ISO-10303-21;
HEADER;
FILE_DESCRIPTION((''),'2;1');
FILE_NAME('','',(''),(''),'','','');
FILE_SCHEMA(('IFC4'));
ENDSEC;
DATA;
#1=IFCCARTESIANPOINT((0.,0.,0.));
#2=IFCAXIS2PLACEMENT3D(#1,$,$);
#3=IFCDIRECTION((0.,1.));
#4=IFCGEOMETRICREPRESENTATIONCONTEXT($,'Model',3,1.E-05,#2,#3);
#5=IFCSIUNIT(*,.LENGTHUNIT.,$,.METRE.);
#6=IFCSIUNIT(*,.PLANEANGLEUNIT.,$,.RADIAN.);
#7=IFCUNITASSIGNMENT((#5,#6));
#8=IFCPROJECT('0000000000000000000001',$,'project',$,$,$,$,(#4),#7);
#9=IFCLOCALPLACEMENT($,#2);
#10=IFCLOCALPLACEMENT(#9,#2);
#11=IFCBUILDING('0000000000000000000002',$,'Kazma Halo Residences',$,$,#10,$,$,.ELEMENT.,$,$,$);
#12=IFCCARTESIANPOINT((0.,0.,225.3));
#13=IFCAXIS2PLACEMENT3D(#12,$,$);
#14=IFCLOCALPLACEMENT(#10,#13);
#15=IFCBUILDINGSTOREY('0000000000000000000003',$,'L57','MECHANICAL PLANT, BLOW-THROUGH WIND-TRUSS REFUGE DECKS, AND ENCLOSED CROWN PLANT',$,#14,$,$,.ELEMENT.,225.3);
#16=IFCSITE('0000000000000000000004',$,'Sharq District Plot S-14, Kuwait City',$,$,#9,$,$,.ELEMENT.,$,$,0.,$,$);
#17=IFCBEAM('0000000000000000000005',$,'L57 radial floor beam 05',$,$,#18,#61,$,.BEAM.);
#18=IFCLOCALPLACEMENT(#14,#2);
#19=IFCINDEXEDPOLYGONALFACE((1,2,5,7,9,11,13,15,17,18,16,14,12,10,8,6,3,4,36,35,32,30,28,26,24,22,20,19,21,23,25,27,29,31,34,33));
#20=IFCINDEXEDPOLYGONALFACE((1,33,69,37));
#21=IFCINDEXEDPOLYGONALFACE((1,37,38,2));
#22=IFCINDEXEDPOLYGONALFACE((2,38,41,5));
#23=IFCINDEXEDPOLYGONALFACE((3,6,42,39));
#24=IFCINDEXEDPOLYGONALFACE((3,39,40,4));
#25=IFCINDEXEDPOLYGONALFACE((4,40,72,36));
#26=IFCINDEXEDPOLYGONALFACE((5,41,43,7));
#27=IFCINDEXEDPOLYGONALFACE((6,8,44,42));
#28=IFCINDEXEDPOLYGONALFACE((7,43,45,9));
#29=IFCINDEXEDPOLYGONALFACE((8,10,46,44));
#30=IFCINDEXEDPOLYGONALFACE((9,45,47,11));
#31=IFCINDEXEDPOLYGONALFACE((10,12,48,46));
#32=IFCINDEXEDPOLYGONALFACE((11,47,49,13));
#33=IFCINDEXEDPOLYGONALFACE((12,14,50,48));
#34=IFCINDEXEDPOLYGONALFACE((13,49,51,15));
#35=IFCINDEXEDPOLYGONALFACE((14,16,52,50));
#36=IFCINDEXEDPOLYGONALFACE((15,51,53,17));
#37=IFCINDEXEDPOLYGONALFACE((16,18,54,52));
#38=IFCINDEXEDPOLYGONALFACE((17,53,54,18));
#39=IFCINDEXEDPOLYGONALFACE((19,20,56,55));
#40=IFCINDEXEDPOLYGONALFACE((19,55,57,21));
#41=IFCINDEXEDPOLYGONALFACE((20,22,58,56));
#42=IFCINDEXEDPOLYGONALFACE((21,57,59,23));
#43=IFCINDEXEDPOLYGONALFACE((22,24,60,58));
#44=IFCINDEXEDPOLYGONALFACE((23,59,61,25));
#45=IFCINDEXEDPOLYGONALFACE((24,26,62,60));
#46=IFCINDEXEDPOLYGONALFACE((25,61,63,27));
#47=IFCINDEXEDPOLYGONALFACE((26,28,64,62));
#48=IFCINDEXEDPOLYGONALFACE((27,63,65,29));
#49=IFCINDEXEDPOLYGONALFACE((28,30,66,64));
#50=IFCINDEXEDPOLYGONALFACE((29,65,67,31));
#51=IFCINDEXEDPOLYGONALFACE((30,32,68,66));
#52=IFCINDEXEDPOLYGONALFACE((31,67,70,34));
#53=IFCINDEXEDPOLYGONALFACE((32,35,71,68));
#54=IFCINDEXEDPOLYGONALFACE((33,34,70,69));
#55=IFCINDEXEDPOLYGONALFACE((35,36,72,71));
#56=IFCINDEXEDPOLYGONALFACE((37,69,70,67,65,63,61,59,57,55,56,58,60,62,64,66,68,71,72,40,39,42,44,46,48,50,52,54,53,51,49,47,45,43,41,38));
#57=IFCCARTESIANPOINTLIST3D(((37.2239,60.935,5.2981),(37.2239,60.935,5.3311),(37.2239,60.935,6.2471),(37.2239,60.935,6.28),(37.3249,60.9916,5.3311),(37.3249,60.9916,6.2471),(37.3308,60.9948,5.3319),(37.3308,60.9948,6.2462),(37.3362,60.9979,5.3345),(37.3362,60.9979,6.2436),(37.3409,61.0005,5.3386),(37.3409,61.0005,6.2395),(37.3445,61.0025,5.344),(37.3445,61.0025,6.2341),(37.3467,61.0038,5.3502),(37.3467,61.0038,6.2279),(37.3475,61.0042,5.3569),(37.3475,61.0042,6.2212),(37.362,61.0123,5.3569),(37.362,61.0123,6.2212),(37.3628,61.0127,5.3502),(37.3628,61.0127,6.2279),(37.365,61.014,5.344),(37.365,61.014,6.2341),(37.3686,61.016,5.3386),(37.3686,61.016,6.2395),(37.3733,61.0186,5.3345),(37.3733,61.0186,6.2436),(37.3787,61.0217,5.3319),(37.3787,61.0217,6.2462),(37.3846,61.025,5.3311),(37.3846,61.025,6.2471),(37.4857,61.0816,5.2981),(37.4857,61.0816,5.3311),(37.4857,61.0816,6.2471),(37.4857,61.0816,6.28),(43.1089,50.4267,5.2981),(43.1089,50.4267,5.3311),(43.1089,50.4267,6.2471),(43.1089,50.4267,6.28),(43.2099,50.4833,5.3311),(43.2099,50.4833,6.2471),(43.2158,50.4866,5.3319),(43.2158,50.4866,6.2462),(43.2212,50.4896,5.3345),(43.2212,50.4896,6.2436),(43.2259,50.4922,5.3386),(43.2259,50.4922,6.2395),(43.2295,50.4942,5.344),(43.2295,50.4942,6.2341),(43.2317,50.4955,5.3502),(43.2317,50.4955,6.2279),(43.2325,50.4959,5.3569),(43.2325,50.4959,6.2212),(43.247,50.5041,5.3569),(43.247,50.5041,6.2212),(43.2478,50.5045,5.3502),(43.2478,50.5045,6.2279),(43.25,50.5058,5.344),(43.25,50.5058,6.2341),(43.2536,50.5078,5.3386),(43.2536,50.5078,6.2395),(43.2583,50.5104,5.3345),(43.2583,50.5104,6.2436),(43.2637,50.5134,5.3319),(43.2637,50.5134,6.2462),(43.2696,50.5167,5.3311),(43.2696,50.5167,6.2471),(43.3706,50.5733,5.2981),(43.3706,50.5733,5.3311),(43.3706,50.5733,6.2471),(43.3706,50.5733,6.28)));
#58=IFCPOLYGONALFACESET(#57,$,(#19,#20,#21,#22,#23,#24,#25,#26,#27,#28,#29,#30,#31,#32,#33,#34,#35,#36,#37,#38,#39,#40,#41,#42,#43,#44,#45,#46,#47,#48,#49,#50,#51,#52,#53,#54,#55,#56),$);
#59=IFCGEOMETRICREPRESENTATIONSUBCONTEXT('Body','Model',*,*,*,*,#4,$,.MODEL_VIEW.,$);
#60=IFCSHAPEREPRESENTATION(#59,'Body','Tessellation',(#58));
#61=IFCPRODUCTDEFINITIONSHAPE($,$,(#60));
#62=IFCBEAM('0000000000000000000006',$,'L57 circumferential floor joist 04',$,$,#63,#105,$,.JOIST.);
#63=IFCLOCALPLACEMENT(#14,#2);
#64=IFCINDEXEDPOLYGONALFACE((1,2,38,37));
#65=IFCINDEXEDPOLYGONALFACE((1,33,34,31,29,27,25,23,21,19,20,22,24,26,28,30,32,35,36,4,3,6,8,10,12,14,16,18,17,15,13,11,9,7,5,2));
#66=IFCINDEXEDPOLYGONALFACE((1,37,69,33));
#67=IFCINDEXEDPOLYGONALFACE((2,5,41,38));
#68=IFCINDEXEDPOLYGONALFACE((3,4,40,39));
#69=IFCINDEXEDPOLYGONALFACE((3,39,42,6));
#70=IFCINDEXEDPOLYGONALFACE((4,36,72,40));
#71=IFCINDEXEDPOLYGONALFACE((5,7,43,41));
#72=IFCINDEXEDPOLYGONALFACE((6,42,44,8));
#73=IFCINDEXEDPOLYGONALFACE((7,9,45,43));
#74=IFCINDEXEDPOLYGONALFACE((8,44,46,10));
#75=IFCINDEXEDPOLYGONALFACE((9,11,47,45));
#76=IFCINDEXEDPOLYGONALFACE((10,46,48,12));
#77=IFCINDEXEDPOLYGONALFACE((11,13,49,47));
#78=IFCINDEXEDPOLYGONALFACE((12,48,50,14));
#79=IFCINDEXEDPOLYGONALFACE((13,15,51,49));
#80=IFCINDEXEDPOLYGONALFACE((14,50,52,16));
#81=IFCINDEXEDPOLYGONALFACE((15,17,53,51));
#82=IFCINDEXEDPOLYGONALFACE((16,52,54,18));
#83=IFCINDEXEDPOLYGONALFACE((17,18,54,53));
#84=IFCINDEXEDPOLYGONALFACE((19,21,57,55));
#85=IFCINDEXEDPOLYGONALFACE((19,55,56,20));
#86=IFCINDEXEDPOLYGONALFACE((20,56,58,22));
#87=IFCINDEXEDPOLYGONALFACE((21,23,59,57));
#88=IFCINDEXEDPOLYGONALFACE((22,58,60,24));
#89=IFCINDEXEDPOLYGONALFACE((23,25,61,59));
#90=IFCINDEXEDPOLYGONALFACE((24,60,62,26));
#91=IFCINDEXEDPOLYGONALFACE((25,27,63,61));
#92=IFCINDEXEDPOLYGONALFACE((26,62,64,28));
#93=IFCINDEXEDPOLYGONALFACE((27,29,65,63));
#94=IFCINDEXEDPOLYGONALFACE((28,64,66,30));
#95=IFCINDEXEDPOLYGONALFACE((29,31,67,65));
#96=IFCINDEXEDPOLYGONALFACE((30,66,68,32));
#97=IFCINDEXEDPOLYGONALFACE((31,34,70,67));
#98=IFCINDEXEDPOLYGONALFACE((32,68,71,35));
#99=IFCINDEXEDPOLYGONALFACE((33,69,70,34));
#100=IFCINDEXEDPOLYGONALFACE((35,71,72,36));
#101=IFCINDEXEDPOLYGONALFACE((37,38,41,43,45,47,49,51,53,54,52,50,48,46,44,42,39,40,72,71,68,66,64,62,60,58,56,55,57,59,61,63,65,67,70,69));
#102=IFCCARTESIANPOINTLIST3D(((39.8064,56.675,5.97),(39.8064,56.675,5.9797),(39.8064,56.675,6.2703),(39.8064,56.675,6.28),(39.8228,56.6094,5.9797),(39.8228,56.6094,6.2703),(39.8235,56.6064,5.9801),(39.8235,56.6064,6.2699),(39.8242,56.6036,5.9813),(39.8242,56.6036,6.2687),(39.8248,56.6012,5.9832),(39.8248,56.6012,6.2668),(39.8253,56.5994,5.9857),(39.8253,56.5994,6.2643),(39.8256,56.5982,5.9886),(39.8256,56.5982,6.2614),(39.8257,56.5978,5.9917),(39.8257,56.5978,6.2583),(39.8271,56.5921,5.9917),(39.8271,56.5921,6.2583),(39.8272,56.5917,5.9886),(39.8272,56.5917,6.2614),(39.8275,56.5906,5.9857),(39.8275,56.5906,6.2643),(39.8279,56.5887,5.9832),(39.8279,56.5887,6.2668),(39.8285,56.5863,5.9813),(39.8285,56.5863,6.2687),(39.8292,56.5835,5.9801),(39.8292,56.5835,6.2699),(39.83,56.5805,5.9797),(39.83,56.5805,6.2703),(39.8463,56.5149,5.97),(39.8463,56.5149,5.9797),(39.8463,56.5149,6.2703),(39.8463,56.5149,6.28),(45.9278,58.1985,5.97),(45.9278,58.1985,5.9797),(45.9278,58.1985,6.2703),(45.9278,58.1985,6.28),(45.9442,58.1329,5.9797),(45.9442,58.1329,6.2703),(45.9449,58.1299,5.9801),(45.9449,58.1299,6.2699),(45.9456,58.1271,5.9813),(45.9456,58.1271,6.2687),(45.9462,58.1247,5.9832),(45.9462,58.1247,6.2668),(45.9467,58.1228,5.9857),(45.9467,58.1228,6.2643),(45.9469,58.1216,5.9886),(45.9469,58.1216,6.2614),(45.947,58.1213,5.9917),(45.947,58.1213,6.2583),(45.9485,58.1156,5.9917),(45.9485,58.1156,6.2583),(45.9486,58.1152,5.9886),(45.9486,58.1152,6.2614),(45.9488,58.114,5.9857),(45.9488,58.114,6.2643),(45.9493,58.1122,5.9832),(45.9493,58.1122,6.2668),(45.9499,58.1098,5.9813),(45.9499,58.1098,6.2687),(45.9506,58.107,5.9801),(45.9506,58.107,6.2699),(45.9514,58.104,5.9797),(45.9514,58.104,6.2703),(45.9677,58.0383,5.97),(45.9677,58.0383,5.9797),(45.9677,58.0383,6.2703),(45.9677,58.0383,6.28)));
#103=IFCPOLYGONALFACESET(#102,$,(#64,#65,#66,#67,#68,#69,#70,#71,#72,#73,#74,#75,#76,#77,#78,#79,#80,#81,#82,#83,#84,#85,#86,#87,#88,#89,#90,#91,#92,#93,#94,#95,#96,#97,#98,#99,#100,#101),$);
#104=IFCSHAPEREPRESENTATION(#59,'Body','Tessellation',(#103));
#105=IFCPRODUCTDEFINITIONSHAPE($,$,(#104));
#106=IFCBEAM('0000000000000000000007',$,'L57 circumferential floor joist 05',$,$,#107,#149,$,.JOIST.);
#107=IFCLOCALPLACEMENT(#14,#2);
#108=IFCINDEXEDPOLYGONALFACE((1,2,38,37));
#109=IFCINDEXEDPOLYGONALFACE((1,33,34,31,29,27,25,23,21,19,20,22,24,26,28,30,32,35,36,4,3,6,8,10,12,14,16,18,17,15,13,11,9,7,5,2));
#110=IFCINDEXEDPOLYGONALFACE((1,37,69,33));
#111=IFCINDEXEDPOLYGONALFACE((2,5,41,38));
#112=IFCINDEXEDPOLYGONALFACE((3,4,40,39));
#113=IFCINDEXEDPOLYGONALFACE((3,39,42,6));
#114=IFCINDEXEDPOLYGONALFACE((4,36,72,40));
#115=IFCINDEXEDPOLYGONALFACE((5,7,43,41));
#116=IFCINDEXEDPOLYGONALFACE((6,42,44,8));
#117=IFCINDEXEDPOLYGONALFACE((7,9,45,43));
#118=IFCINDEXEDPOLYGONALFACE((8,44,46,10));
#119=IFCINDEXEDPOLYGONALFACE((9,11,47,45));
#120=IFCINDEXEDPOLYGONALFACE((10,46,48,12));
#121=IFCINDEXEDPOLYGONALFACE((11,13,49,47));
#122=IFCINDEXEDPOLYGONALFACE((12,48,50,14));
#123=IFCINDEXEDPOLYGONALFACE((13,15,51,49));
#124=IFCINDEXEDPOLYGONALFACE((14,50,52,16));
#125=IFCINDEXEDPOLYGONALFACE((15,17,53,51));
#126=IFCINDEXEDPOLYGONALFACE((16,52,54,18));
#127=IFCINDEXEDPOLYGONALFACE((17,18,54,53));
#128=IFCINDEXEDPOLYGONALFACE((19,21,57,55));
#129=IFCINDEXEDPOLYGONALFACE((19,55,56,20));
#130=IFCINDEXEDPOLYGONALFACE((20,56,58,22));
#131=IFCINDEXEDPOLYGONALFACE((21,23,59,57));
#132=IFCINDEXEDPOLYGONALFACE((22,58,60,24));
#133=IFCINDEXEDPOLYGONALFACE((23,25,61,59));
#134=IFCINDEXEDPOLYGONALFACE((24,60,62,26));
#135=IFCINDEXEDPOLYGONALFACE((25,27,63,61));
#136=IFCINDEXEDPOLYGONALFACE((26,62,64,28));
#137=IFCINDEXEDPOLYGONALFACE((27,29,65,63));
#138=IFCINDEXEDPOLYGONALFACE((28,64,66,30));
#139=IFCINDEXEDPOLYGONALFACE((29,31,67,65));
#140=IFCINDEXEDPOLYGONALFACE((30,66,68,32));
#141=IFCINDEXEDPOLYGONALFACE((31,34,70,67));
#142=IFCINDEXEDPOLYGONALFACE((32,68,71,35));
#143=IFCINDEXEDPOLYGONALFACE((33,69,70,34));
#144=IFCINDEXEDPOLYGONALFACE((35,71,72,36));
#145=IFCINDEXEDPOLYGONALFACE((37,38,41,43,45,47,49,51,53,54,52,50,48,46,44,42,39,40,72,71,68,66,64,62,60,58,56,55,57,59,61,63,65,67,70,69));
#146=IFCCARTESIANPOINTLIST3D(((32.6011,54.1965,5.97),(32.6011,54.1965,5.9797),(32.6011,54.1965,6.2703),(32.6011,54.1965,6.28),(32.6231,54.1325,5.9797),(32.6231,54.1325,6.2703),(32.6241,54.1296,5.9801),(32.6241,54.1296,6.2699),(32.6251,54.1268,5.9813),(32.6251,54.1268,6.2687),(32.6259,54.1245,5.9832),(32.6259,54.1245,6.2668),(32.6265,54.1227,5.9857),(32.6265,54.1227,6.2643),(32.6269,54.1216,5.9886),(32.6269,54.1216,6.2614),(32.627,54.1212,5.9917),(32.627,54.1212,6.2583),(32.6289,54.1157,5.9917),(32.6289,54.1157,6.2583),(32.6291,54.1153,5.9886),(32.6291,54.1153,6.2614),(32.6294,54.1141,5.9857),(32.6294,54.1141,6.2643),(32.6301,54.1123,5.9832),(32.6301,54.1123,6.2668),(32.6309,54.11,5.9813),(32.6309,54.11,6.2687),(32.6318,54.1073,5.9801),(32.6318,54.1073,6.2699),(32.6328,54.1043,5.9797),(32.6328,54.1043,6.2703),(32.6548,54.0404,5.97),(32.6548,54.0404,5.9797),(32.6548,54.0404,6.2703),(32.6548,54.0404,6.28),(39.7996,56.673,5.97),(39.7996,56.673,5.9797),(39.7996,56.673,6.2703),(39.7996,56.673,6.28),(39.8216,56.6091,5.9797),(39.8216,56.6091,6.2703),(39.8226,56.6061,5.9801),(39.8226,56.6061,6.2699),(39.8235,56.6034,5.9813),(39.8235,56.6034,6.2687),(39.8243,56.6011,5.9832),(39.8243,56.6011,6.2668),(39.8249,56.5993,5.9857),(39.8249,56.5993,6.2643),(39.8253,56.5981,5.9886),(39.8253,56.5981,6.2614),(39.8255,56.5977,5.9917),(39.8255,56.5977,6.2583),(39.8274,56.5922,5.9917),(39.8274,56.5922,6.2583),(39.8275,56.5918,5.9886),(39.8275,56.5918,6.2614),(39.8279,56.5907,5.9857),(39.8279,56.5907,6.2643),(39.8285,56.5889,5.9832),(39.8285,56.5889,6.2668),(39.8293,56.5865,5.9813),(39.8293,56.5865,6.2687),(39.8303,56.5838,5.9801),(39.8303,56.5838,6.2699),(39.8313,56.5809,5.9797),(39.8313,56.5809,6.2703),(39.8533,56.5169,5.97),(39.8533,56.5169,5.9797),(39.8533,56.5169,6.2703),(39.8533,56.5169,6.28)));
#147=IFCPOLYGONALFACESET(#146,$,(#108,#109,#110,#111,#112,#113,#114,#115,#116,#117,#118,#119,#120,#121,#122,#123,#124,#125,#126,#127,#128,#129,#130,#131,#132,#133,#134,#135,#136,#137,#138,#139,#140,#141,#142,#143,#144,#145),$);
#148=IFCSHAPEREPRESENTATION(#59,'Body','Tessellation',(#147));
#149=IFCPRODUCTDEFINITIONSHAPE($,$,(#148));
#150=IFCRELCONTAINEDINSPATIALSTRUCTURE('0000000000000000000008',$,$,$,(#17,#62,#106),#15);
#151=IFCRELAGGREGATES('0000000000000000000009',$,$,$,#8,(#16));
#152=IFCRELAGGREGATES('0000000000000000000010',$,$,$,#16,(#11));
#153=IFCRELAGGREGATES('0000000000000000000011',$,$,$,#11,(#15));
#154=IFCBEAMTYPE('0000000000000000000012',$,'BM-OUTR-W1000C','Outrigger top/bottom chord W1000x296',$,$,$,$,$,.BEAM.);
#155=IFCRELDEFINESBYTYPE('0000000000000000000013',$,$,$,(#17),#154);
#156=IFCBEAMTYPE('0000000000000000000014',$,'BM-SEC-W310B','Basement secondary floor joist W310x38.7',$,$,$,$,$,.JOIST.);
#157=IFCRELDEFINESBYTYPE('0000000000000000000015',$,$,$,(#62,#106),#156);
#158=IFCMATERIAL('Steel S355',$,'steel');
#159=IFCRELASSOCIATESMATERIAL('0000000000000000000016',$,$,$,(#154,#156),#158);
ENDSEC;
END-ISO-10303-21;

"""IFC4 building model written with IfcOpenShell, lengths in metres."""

from ifc_helpers import new_model, si_unit, direction, frame, origin, origin_2d, place, context, subcontext, project, spatial, i_section, extrude, material, material_profile, profile_set, type_object, element, save


model = new_model("IFC4")

# Units and contexts
model_context = context("Model", 3, precision=1e-05, world=origin(), true_north=direction((0.0, 1.0)))
body_context = subcontext(model_context, "Body", "Model", "MODEL_VIEW")
ifc_project = project(units=[si_unit("LENGTHUNIT", "METRE"), si_unit("PLANEANGLEUNIT", "RADIAN")], contexts=[model_context])

# Site, building, storey
site_placement = place(None, origin())
site = spatial("IfcSite", under=ifc_project, at=site_placement, Name="Sharq District Plot S-14, Kuwait City", CompositionType="ELEMENT", RefElevation=0.0)
building_placement = place(site_placement, origin())
building = spatial("IfcBuilding", under=site, at=building_placement, Name="Kazma Halo Residences", CompositionType="ELEMENT")
storey_placement = place(building_placement, frame((0.0, 0.0, 225.3)))
storey = spatial("IfcBuildingStorey", under=building, at=storey_placement, Name="L57", Description="MECHANICAL PLANT, BLOW-THROUGH WIND-TRUSS REFUGE DECKS, AND ENCLOSED CROWN PLANT", CompositionType="ELEMENT", Elevation=225.3)

# Beams
ifc_material_1 = material(Name="Steel S355", Category="steel")
ifc_material_profile_1 = material_profile(ifc_material_1, i_section(OverallWidth=0.3, OverallDepth=0.9819, WebThickness=0.0166, FlangeThickness=0.033, FilletRadius=0.0259, at=origin_2d()), Name="W1000x296")
ifc_profile_set_1 = profile_set([ifc_material_profile_1], Name="Steel S355")
beam_type_1 = type_object("IfcBeamType", Name="BM-OUTR-W1000C", Description="Outrigger top/bottom chord W1000x296", PredefinedType="BEAM", material=ifc_profile_set_1)
beam_1_placement = place(storey_placement, frame((43.2397, 50.5, 5.7891), z_axis=(-0.488626, 0.872493, 0.0), x_axis=(-0.872493, -0.488626, 0.0)))
element("IfcBeam", 1, at=beam_1_placement, inside=storey, type_object=beam_type_1, Name="L57 radial floor beam 05", PredefinedType="BEAM", context=body_context, shape_type="SweptSolid", body=[
    extrude(i_section(OverallWidth=0.3, OverallDepth=0.9819, WebThickness=0.0166, FlangeThickness=0.033, FilletRadius=0.0259, at=origin_2d()), origin(), (0.0, 0.0, 1.0), 12.0439),
])
ifc_material_profile_2 = material_profile(ifc_material_1, i_section(OverallWidth=0.165, OverallDepth=0.3101, WebThickness=0.0059, FlangeThickness=0.0098, FilletRadius=0.012, at=origin_2d()), Name="W310x38.7")
ifc_profile_set_2 = profile_set([ifc_material_profile_2], Name="Steel S355")
beam_type_2 = type_object("IfcBeamType", Name="BM-SEC-W310B", Description="Basement secondary floor joist W310x38.7", PredefinedType="JOIST", material=ifc_profile_set_2)
beam_2_placement = place(storey_placement, frame((45.9478, 58.1184, 6.125), z_axis=(-0.970399, -0.241506, 0.0), x_axis=(0.241506, -0.970399, 0.0)))
element("IfcBeam", 2, at=beam_2_placement, inside=storey, type_object=beam_type_2, Name="L57 circumferential floor joist 04", PredefinedType="JOIST", context=body_context, shape_type="SweptSolid", body=[
    extrude(i_section(OverallWidth=0.165, OverallDepth=0.3101, WebThickness=0.0059, FlangeThickness=0.0098, FilletRadius=0.012, at=origin_2d()), origin(), (0.0, 0.0, 1.0), 6.3081),
])
beam_3_placement = place(storey_placement, frame((39.8264, 56.595, 6.125), z_axis=(-0.945602, -0.325324, 0.0), x_axis=(0.325324, -0.945602, 0.0)))
element("IfcBeam", 3, at=beam_3_placement, inside=storey, type_object=beam_type_2, Name="L57 circumferential floor joist 05", PredefinedType="JOIST", context=body_context, shape_type="SweptSolid", body=[
    extrude(i_section(OverallWidth=0.165, OverallDepth=0.3101, WebThickness=0.0059, FlangeThickness=0.0098, FilletRadius=0.012, at=origin_2d()), origin(), (0.0, 0.0, 1.0), 7.6125),
])

save(model, "model.ifc")
